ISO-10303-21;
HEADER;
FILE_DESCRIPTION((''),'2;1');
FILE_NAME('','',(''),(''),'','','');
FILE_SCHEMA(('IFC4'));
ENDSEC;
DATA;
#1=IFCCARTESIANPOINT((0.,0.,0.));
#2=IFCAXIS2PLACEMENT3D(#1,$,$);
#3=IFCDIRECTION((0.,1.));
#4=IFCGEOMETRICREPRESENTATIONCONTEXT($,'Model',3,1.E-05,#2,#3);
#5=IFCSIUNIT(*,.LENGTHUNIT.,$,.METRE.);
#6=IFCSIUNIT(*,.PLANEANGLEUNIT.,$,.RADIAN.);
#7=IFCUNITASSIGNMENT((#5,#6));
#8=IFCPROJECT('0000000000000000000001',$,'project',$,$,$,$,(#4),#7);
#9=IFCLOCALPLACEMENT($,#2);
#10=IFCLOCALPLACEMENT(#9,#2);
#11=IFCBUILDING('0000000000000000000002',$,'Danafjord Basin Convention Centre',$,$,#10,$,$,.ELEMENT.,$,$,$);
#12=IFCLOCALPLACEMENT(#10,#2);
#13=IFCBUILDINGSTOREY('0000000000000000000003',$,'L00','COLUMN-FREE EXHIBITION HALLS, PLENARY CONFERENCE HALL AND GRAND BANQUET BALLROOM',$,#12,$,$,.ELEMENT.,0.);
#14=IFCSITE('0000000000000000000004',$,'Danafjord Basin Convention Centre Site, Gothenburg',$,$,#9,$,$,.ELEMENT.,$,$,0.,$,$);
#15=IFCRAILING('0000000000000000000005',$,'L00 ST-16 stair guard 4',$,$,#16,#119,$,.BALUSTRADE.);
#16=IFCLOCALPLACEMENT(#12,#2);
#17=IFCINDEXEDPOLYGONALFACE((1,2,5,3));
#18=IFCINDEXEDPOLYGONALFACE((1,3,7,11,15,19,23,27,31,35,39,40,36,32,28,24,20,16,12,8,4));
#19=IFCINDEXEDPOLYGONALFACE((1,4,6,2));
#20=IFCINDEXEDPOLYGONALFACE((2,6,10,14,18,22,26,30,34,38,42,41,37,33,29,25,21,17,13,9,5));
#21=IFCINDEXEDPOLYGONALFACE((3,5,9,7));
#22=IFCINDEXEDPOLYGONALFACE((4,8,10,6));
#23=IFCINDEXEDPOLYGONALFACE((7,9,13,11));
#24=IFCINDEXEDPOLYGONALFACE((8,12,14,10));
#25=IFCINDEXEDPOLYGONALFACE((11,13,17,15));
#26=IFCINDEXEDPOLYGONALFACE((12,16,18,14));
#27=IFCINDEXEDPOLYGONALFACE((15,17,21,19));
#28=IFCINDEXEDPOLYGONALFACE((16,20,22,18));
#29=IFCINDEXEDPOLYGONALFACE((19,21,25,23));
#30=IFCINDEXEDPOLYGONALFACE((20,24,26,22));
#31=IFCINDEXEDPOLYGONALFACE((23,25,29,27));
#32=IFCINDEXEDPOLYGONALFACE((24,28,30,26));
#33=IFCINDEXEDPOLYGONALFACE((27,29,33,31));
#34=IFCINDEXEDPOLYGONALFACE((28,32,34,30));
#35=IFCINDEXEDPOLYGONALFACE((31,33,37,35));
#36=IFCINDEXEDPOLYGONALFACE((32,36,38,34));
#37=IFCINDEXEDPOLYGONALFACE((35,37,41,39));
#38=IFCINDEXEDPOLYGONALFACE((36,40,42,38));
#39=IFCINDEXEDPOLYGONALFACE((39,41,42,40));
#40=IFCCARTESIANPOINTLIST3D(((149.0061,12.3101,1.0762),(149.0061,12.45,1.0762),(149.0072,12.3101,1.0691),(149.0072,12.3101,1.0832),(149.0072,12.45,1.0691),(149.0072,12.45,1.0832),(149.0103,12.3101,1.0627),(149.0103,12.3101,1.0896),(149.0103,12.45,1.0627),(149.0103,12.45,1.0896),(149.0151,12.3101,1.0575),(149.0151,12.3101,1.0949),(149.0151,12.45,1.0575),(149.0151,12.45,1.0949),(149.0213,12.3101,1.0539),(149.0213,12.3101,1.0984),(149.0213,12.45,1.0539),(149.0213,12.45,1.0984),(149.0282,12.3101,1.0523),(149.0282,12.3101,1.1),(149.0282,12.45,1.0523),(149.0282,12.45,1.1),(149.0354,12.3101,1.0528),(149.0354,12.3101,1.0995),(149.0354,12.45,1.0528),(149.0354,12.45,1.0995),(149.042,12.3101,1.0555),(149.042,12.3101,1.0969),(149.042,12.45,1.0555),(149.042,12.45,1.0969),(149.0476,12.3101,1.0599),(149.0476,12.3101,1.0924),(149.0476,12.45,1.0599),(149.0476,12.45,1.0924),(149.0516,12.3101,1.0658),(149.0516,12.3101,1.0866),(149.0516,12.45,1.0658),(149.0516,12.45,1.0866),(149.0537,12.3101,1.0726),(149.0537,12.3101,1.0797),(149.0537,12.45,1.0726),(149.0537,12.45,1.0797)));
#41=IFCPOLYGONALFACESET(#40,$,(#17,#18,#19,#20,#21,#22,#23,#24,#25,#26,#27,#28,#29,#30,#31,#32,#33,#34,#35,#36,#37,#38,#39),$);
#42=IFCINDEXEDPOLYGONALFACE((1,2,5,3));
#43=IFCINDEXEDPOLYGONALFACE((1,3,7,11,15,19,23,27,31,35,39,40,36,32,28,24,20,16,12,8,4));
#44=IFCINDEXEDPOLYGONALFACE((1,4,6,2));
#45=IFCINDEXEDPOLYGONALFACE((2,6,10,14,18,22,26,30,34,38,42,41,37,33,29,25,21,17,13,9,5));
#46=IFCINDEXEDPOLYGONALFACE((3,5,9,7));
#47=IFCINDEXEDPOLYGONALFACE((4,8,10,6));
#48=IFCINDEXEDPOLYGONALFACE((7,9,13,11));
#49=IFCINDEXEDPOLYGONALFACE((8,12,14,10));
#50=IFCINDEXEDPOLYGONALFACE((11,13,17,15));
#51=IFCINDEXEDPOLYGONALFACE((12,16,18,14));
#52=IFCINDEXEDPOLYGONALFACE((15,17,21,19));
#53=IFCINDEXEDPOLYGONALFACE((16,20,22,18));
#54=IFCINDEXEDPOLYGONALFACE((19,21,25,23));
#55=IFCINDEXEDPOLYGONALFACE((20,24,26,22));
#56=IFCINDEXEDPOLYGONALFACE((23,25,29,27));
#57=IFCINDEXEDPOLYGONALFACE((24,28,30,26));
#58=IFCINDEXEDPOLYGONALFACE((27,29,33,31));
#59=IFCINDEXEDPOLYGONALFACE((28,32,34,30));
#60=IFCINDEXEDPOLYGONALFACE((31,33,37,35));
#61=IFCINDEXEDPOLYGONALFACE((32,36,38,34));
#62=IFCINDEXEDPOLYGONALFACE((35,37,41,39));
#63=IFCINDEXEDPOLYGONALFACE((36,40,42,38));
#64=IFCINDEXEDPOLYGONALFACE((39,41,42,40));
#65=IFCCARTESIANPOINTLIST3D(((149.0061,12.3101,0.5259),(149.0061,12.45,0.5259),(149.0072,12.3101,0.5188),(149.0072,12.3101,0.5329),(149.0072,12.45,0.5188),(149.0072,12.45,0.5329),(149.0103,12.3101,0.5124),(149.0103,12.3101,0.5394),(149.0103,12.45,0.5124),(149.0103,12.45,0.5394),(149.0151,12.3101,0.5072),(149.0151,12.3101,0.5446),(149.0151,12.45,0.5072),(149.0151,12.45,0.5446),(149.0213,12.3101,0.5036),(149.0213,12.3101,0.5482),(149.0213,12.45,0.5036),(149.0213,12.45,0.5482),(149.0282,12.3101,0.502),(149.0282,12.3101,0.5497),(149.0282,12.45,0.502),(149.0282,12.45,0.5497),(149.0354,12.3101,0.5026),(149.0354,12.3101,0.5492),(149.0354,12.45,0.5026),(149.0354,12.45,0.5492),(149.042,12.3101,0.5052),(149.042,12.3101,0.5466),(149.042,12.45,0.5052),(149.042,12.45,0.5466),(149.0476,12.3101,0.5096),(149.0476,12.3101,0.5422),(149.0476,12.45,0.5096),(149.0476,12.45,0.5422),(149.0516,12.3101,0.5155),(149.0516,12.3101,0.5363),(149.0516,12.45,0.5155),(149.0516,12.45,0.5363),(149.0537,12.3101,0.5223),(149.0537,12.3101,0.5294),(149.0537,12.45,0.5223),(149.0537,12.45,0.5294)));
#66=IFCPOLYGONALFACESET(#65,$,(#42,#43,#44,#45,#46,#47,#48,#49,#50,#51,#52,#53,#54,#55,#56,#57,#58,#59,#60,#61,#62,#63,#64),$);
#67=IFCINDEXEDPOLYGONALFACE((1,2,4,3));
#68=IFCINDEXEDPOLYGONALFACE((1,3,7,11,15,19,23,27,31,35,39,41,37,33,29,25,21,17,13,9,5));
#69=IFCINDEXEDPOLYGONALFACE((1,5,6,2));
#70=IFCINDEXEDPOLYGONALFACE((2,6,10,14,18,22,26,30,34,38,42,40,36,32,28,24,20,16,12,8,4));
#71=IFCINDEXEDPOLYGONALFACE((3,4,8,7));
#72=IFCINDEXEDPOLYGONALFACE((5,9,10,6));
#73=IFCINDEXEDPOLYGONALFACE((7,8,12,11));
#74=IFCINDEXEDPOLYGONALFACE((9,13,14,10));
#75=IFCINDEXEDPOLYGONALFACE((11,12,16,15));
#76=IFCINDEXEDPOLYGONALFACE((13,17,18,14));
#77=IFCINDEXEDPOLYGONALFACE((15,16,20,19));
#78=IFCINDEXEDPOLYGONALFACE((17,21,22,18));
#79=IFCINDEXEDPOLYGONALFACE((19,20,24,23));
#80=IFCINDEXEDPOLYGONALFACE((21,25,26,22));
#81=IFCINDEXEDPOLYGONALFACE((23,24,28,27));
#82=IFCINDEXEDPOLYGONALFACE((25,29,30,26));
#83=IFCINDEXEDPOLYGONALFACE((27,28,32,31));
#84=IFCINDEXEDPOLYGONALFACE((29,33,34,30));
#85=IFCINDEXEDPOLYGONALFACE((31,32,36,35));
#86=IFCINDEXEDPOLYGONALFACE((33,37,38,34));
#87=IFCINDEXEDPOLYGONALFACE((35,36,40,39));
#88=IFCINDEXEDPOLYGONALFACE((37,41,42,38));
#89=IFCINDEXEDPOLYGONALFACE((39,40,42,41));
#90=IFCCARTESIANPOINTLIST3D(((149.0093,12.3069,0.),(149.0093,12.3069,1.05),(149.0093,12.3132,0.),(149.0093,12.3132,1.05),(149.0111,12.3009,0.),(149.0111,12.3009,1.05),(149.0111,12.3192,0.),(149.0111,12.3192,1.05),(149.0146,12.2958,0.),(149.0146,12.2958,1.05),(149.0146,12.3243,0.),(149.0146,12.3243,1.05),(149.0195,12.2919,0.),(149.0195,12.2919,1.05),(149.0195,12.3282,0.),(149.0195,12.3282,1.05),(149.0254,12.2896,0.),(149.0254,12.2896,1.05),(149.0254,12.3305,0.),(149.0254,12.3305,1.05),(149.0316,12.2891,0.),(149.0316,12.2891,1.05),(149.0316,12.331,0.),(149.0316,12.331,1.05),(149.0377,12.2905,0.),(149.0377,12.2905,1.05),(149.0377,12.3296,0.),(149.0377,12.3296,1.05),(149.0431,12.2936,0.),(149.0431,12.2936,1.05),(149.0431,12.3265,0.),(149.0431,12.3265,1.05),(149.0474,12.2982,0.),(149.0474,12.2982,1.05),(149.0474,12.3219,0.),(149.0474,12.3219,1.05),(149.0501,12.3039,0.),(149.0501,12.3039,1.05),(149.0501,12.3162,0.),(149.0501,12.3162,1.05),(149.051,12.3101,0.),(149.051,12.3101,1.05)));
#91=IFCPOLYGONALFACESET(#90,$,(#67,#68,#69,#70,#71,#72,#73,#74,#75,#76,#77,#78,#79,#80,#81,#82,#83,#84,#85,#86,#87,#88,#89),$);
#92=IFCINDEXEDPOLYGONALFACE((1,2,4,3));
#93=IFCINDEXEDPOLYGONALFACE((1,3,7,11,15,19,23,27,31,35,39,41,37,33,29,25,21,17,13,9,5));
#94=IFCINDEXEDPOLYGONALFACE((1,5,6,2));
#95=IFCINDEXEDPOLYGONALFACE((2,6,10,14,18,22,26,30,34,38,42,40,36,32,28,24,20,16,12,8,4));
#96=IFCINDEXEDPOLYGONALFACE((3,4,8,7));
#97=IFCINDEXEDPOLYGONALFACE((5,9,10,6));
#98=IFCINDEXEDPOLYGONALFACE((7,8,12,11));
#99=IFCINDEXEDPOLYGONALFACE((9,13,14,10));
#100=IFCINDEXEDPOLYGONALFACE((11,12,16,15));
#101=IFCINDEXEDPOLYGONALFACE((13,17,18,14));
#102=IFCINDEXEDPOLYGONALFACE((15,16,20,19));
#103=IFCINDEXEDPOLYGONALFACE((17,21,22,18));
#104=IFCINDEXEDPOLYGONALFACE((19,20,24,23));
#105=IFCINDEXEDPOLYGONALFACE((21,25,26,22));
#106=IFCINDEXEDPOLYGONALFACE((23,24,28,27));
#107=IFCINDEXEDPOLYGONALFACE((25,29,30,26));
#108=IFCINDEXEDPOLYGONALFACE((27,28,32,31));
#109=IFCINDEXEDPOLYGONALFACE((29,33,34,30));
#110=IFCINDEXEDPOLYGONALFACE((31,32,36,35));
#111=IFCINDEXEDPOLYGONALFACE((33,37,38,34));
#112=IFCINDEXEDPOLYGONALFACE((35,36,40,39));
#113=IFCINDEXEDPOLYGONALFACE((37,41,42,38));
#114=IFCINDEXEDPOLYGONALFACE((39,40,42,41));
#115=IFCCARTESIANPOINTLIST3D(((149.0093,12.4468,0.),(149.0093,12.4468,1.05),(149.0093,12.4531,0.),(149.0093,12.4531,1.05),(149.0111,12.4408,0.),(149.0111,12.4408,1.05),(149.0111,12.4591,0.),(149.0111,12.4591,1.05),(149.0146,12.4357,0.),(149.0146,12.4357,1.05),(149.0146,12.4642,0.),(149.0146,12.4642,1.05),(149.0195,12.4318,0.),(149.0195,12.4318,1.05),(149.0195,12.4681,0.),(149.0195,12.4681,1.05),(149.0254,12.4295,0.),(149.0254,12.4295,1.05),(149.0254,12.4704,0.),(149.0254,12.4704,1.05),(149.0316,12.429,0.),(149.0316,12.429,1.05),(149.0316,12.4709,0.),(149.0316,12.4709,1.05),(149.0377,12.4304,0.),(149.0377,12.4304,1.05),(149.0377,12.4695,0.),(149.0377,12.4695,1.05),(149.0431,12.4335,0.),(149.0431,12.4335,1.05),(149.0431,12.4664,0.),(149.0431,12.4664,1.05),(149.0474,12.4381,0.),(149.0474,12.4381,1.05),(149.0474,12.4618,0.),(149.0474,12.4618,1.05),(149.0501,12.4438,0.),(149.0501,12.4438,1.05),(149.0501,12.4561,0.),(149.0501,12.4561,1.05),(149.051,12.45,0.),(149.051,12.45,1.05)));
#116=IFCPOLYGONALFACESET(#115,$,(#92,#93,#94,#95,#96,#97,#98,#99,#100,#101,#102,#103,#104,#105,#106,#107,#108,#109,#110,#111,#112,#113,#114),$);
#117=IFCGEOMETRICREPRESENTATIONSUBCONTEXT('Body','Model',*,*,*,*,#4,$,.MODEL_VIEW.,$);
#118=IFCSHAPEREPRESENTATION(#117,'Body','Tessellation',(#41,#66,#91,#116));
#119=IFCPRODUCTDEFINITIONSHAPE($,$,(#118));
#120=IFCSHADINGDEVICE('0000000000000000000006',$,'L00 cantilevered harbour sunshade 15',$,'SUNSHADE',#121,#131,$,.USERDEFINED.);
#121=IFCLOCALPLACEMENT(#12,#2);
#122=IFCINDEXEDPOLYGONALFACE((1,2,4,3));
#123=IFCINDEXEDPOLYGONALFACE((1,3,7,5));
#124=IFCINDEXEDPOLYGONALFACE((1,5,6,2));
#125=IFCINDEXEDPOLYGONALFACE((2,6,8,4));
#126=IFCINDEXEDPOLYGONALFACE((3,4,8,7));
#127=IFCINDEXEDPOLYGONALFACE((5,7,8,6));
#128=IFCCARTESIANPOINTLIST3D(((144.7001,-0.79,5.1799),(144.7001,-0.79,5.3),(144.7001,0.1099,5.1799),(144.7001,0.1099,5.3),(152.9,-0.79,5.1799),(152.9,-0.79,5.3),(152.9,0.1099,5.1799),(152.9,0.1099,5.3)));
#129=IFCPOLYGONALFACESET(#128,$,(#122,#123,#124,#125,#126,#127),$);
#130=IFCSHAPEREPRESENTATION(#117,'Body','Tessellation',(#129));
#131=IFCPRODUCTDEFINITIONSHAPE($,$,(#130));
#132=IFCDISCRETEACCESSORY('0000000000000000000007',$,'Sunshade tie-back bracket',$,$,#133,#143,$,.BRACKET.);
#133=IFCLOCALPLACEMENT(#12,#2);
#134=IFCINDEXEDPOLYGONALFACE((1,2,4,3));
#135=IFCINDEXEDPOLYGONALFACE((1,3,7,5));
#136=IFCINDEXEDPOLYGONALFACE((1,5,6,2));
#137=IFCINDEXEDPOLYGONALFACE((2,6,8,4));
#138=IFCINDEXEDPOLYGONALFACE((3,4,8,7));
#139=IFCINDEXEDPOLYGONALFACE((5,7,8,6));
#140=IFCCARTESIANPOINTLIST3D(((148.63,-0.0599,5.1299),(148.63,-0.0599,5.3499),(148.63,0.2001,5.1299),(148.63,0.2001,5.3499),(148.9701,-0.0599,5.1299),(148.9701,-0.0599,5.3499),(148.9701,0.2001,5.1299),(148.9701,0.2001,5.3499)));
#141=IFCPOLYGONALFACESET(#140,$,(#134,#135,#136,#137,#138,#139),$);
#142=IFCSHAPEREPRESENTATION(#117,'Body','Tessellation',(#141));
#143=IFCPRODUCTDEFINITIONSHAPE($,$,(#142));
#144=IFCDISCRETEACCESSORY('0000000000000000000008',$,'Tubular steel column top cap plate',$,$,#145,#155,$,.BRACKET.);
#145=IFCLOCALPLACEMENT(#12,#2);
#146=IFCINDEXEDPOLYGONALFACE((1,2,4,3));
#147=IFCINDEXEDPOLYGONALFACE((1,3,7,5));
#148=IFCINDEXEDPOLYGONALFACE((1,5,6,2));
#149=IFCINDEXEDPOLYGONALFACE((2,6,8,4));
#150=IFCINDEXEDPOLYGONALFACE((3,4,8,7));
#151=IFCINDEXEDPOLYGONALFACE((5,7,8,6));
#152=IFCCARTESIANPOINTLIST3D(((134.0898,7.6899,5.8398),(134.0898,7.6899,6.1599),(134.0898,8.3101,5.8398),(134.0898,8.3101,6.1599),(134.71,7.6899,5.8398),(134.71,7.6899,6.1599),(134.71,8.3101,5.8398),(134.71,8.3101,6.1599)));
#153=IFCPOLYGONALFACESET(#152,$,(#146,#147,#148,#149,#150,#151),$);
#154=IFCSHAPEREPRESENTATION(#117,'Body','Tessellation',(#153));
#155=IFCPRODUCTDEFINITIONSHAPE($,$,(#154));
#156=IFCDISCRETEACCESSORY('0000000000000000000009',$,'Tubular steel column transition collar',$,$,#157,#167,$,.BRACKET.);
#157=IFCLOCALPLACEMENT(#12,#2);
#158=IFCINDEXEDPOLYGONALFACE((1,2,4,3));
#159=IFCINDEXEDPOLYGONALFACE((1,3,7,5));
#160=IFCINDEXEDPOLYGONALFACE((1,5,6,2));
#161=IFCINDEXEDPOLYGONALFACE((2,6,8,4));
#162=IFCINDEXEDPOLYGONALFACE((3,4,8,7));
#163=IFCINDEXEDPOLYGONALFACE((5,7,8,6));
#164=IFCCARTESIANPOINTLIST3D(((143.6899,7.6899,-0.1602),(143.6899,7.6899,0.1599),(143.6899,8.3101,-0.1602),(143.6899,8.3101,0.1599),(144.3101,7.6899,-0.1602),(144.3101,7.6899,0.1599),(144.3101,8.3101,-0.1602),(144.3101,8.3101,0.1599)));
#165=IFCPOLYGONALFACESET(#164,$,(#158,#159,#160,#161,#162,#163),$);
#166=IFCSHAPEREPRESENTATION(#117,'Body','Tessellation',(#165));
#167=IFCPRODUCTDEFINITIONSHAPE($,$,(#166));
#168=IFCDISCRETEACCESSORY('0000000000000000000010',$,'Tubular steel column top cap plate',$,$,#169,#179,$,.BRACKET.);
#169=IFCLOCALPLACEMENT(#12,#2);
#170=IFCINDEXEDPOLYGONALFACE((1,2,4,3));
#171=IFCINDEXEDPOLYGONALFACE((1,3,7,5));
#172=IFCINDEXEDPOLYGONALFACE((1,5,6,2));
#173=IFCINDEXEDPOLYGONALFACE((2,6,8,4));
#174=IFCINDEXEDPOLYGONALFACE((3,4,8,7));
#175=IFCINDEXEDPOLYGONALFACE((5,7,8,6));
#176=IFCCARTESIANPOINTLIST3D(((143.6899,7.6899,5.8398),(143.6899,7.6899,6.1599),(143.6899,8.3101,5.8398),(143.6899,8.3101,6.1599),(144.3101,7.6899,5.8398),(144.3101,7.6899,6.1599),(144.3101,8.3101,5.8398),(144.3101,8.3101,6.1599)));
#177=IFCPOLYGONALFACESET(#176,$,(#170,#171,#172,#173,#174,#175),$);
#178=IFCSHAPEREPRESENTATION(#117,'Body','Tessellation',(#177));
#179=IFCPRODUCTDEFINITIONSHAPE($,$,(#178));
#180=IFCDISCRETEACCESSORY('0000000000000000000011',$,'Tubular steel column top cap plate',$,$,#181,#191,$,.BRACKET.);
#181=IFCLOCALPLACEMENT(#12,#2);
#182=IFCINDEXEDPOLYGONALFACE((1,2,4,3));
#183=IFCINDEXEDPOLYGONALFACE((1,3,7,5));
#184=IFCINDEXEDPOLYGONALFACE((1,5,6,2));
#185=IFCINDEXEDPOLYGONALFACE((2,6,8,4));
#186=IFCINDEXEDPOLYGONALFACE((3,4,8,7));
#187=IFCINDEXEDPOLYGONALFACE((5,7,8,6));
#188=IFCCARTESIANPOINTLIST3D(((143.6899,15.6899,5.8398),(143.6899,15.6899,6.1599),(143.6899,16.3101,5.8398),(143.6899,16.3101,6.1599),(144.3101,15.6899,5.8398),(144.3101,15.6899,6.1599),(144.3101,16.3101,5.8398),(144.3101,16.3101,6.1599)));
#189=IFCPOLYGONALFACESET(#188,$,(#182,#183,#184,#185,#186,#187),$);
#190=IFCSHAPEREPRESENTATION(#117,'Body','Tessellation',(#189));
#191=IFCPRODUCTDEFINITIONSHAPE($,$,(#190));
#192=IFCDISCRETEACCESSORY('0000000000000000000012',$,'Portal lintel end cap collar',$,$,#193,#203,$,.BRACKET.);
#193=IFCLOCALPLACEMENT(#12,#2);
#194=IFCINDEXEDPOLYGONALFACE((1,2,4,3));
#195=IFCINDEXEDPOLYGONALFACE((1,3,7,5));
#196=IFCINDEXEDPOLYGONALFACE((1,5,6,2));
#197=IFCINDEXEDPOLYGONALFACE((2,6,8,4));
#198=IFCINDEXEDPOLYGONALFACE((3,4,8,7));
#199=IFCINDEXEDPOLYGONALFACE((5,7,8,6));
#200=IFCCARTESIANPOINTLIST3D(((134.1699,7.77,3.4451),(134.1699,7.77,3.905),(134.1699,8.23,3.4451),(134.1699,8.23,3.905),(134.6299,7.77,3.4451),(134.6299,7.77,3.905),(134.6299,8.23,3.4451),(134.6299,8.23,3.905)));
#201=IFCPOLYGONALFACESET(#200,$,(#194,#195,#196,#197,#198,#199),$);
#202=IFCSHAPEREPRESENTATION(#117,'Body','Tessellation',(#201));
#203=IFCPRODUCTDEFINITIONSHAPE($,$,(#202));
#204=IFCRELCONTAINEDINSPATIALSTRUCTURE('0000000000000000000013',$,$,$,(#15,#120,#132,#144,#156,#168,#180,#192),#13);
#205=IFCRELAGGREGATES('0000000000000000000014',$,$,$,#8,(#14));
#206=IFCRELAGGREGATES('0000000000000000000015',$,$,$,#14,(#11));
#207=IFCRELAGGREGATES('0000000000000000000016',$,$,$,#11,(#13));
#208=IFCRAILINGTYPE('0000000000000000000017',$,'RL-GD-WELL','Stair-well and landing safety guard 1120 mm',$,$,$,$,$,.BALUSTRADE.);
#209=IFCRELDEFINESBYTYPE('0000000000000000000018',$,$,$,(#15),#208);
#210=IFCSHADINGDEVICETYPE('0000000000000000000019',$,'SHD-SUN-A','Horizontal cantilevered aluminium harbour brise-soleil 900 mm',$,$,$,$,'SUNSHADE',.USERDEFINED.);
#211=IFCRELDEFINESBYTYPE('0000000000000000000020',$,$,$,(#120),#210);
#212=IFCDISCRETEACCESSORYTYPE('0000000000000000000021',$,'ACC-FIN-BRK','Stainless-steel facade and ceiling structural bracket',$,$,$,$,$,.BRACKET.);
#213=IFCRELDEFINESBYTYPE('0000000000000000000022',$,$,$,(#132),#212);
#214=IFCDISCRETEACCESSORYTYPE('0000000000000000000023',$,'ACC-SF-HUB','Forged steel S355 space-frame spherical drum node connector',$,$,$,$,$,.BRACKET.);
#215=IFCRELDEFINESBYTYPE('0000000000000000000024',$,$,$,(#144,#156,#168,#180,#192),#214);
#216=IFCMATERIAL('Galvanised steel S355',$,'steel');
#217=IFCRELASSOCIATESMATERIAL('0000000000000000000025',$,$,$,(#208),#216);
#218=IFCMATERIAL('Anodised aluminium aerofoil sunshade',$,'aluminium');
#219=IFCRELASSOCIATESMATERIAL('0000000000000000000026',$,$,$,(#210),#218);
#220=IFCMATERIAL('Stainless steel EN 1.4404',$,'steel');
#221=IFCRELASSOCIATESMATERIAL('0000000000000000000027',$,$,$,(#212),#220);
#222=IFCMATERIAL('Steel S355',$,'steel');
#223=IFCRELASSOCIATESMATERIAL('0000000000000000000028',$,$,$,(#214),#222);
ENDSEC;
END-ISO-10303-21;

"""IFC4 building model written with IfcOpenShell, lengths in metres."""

from ifc_helpers import new_model, si_unit, direction, frame, origin, origin_2d, place, context, subcontext, project, spatial, rectangle, circle, extrude, material, type_object, element, save


model = new_model("IFC4")

# Units and contexts
model_context = context("Model", 3, precision=1e-05, world=origin(), true_north=direction((0.0, 1.0)))
body_context = subcontext(model_context, "Body", "Model", "MODEL_VIEW")
ifc_project = project(units=[si_unit("LENGTHUNIT", "METRE"), si_unit("PLANEANGLEUNIT", "RADIAN")], contexts=[model_context])

# Site, building, storey
site_placement = place(None, origin())
site = spatial("IfcSite", under=ifc_project, at=site_placement, Name="Danafjord Basin Convention Centre Site, Gothenburg", CompositionType="ELEMENT", RefElevation=0.0)
building_placement = place(site_placement, origin())
building = spatial("IfcBuilding", under=site, at=building_placement, Name="Danafjord Basin Convention Centre", CompositionType="ELEMENT")
storey_placement = place(building_placement, origin())
storey = spatial("IfcBuildingStorey", under=building, at=storey_placement, Name="L00", Description="COLUMN-FREE EXHIBITION HALLS, PLENARY CONFERENCE HALL AND GRAND BANQUET BALLROOM", CompositionType="ELEMENT", Elevation=0.0)

# Shared definitions
ifc_material_1 = material(Name="Steel S355", Category="steel")

# Railing
ifc_material_2 = material(Name="Galvanised steel S355", Category="steel")
railing_type = type_object("IfcRailingType", Name="RL-GD-WELL", Description="Stair-well and landing safety guard 1120 mm", PredefinedType="BALUSTRADE", material=ifc_material_2)
railing_placement = place(storey_placement, frame((149.03, 12.3101, 0.0)))
element("IfcRailing", 1, at=railing_placement, inside=storey, type_object=railing_type, Name="L00 ST-16 stair guard 4", PredefinedType="BALUSTRADE", context=body_context, shape_type="SweptSolid", body=[
    extrude(circle(Radius=0.0239, at=origin_2d()), frame((0.0, 0.0, 1.0762), z_axis=(0.0, 1.0, 0.0), x_axis=(-1.0, 0.0, 0.0)), (0.0, 0.0, 1.0), 0.1399),
    extrude(circle(Radius=0.0239, at=origin_2d()), frame((0.0, 0.0, 0.5259), z_axis=(0.0, 1.0, 0.0), x_axis=(-1.0, 0.0, 0.0)), (0.0, 0.0, 1.0), 0.1399),
    extrude(circle(Radius=0.021, at=origin_2d()), origin(), (0.0, 0.0, 1.0), 1.05),
    extrude(circle(Radius=0.021, at=origin_2d()), frame((0.0, 0.1399, 0.0)), (0.0, 0.0, 1.0), 1.05),
])

# Shading device
ifc_material_3 = material(Name="Anodised aluminium aerofoil sunshade", Category="aluminium")
shading_device_type = type_object("IfcShadingDeviceType", Name="SHD-SUN-A", Description="Horizontal cantilevered aluminium harbour brise-soleil 900 mm", ElementType="SUNSHADE", PredefinedType="USERDEFINED", material=ifc_material_3)
shading_device_placement = place(storey_placement, frame((148.8, -0.3401, 5.1799), z_axis=(0.0, 0.0, 1.0), x_axis=(1.0, 0.0, 0.0)))
element("IfcShadingDevice", 2, at=shading_device_placement, inside=storey, type_object=shading_device_type, Name="L00 cantilevered harbour sunshade 15", ObjectType="SUNSHADE", PredefinedType="USERDEFINED", context=body_context, shape_type="SweptSolid", body=[
    extrude(rectangle(XDim=8.2, YDim=0.8999, at=origin_2d()), origin(), (0.0, 0.0, 1.0), 0.1201),
])

# Discrete accessories
ifc_material_4 = material(Name="Stainless steel EN 1.4404", Category="steel")
discrete_accessory_type_1 = type_object("IfcDiscreteAccessoryType", Name="ACC-FIN-BRK", Description="Stainless-steel facade and ceiling structural bracket", PredefinedType="BRACKET", material=ifc_material_4)
discrete_accessory_1_placement = place(storey_placement, frame((148.8, 0.0701, 5.1299), z_axis=(0.0, 0.0, 1.0), x_axis=(1.0, 0.0, 0.0)))
element("IfcDiscreteAccessory", 3, at=discrete_accessory_1_placement, inside=storey, type_object=discrete_accessory_type_1, Name="Sunshade tie-back bracket", PredefinedType="BRACKET", context=body_context, shape_type="SweptSolid", body=[
    extrude(rectangle(XDim=0.3401, YDim=0.26, at=origin_2d()), origin(), (0.0, 0.0, 1.0), 0.22),
])
discrete_accessory_type_2 = type_object("IfcDiscreteAccessoryType", Name="ACC-SF-HUB", Description="Forged steel S355 space-frame spherical drum node connector", PredefinedType="BRACKET", material=ifc_material_1)
for number, where, z_axis, x_axis, name in (
    (4, (134.3999, 8.0, 5.8398), (0.0, 0.0, 1.0), (1.0, 0.0, 0.0), "Tubular steel column top cap plate"),
    (5, (144.0, 8.0, -0.1602), (0.0, 0.0, 1.0), (1.0, 0.0, 0.0), "Tubular steel column transition collar"),
    (6, (144.0, 8.0, 5.8398), (0.0, 0.0, 1.0), (1.0, 0.0, 0.0), "Tubular steel column top cap plate"),
    (7, (144.0, 16.0, 5.8398), (0.0, 0.0, 1.0), (1.0, 0.0, 0.0), "Tubular steel column top cap plate"),
):
    element("IfcDiscreteAccessory", number, at=place(storey_placement, frame(where, z_axis=z_axis, x_axis=x_axis)), inside=storey, type_object=discrete_accessory_type_2, Name=name, PredefinedType="BRACKET", context=body_context, shape_type="SweptSolid", body=[
        extrude(rectangle(XDim=0.6201, YDim=0.6201, at=origin_2d()), origin(), (0.0, 0.0, 1.0), 0.3201),
    ])
discrete_accessory_2_placement = place(storey_placement, frame((134.3999, 8.0, 3.4451), z_axis=(0.0, 0.0, 1.0), x_axis=(1.0, 0.0, 0.0)))
element("IfcDiscreteAccessory", 8, at=discrete_accessory_2_placement, inside=storey, type_object=discrete_accessory_type_2, Name="Portal lintel end cap collar", PredefinedType="BRACKET", context=body_context, shape_type="SweptSolid", body=[
    extrude(rectangle(XDim=0.46, YDim=0.46, at=origin_2d()), origin(), (0.0, 0.0, 1.0), 0.46),
])

save(model, "model.ifc")
